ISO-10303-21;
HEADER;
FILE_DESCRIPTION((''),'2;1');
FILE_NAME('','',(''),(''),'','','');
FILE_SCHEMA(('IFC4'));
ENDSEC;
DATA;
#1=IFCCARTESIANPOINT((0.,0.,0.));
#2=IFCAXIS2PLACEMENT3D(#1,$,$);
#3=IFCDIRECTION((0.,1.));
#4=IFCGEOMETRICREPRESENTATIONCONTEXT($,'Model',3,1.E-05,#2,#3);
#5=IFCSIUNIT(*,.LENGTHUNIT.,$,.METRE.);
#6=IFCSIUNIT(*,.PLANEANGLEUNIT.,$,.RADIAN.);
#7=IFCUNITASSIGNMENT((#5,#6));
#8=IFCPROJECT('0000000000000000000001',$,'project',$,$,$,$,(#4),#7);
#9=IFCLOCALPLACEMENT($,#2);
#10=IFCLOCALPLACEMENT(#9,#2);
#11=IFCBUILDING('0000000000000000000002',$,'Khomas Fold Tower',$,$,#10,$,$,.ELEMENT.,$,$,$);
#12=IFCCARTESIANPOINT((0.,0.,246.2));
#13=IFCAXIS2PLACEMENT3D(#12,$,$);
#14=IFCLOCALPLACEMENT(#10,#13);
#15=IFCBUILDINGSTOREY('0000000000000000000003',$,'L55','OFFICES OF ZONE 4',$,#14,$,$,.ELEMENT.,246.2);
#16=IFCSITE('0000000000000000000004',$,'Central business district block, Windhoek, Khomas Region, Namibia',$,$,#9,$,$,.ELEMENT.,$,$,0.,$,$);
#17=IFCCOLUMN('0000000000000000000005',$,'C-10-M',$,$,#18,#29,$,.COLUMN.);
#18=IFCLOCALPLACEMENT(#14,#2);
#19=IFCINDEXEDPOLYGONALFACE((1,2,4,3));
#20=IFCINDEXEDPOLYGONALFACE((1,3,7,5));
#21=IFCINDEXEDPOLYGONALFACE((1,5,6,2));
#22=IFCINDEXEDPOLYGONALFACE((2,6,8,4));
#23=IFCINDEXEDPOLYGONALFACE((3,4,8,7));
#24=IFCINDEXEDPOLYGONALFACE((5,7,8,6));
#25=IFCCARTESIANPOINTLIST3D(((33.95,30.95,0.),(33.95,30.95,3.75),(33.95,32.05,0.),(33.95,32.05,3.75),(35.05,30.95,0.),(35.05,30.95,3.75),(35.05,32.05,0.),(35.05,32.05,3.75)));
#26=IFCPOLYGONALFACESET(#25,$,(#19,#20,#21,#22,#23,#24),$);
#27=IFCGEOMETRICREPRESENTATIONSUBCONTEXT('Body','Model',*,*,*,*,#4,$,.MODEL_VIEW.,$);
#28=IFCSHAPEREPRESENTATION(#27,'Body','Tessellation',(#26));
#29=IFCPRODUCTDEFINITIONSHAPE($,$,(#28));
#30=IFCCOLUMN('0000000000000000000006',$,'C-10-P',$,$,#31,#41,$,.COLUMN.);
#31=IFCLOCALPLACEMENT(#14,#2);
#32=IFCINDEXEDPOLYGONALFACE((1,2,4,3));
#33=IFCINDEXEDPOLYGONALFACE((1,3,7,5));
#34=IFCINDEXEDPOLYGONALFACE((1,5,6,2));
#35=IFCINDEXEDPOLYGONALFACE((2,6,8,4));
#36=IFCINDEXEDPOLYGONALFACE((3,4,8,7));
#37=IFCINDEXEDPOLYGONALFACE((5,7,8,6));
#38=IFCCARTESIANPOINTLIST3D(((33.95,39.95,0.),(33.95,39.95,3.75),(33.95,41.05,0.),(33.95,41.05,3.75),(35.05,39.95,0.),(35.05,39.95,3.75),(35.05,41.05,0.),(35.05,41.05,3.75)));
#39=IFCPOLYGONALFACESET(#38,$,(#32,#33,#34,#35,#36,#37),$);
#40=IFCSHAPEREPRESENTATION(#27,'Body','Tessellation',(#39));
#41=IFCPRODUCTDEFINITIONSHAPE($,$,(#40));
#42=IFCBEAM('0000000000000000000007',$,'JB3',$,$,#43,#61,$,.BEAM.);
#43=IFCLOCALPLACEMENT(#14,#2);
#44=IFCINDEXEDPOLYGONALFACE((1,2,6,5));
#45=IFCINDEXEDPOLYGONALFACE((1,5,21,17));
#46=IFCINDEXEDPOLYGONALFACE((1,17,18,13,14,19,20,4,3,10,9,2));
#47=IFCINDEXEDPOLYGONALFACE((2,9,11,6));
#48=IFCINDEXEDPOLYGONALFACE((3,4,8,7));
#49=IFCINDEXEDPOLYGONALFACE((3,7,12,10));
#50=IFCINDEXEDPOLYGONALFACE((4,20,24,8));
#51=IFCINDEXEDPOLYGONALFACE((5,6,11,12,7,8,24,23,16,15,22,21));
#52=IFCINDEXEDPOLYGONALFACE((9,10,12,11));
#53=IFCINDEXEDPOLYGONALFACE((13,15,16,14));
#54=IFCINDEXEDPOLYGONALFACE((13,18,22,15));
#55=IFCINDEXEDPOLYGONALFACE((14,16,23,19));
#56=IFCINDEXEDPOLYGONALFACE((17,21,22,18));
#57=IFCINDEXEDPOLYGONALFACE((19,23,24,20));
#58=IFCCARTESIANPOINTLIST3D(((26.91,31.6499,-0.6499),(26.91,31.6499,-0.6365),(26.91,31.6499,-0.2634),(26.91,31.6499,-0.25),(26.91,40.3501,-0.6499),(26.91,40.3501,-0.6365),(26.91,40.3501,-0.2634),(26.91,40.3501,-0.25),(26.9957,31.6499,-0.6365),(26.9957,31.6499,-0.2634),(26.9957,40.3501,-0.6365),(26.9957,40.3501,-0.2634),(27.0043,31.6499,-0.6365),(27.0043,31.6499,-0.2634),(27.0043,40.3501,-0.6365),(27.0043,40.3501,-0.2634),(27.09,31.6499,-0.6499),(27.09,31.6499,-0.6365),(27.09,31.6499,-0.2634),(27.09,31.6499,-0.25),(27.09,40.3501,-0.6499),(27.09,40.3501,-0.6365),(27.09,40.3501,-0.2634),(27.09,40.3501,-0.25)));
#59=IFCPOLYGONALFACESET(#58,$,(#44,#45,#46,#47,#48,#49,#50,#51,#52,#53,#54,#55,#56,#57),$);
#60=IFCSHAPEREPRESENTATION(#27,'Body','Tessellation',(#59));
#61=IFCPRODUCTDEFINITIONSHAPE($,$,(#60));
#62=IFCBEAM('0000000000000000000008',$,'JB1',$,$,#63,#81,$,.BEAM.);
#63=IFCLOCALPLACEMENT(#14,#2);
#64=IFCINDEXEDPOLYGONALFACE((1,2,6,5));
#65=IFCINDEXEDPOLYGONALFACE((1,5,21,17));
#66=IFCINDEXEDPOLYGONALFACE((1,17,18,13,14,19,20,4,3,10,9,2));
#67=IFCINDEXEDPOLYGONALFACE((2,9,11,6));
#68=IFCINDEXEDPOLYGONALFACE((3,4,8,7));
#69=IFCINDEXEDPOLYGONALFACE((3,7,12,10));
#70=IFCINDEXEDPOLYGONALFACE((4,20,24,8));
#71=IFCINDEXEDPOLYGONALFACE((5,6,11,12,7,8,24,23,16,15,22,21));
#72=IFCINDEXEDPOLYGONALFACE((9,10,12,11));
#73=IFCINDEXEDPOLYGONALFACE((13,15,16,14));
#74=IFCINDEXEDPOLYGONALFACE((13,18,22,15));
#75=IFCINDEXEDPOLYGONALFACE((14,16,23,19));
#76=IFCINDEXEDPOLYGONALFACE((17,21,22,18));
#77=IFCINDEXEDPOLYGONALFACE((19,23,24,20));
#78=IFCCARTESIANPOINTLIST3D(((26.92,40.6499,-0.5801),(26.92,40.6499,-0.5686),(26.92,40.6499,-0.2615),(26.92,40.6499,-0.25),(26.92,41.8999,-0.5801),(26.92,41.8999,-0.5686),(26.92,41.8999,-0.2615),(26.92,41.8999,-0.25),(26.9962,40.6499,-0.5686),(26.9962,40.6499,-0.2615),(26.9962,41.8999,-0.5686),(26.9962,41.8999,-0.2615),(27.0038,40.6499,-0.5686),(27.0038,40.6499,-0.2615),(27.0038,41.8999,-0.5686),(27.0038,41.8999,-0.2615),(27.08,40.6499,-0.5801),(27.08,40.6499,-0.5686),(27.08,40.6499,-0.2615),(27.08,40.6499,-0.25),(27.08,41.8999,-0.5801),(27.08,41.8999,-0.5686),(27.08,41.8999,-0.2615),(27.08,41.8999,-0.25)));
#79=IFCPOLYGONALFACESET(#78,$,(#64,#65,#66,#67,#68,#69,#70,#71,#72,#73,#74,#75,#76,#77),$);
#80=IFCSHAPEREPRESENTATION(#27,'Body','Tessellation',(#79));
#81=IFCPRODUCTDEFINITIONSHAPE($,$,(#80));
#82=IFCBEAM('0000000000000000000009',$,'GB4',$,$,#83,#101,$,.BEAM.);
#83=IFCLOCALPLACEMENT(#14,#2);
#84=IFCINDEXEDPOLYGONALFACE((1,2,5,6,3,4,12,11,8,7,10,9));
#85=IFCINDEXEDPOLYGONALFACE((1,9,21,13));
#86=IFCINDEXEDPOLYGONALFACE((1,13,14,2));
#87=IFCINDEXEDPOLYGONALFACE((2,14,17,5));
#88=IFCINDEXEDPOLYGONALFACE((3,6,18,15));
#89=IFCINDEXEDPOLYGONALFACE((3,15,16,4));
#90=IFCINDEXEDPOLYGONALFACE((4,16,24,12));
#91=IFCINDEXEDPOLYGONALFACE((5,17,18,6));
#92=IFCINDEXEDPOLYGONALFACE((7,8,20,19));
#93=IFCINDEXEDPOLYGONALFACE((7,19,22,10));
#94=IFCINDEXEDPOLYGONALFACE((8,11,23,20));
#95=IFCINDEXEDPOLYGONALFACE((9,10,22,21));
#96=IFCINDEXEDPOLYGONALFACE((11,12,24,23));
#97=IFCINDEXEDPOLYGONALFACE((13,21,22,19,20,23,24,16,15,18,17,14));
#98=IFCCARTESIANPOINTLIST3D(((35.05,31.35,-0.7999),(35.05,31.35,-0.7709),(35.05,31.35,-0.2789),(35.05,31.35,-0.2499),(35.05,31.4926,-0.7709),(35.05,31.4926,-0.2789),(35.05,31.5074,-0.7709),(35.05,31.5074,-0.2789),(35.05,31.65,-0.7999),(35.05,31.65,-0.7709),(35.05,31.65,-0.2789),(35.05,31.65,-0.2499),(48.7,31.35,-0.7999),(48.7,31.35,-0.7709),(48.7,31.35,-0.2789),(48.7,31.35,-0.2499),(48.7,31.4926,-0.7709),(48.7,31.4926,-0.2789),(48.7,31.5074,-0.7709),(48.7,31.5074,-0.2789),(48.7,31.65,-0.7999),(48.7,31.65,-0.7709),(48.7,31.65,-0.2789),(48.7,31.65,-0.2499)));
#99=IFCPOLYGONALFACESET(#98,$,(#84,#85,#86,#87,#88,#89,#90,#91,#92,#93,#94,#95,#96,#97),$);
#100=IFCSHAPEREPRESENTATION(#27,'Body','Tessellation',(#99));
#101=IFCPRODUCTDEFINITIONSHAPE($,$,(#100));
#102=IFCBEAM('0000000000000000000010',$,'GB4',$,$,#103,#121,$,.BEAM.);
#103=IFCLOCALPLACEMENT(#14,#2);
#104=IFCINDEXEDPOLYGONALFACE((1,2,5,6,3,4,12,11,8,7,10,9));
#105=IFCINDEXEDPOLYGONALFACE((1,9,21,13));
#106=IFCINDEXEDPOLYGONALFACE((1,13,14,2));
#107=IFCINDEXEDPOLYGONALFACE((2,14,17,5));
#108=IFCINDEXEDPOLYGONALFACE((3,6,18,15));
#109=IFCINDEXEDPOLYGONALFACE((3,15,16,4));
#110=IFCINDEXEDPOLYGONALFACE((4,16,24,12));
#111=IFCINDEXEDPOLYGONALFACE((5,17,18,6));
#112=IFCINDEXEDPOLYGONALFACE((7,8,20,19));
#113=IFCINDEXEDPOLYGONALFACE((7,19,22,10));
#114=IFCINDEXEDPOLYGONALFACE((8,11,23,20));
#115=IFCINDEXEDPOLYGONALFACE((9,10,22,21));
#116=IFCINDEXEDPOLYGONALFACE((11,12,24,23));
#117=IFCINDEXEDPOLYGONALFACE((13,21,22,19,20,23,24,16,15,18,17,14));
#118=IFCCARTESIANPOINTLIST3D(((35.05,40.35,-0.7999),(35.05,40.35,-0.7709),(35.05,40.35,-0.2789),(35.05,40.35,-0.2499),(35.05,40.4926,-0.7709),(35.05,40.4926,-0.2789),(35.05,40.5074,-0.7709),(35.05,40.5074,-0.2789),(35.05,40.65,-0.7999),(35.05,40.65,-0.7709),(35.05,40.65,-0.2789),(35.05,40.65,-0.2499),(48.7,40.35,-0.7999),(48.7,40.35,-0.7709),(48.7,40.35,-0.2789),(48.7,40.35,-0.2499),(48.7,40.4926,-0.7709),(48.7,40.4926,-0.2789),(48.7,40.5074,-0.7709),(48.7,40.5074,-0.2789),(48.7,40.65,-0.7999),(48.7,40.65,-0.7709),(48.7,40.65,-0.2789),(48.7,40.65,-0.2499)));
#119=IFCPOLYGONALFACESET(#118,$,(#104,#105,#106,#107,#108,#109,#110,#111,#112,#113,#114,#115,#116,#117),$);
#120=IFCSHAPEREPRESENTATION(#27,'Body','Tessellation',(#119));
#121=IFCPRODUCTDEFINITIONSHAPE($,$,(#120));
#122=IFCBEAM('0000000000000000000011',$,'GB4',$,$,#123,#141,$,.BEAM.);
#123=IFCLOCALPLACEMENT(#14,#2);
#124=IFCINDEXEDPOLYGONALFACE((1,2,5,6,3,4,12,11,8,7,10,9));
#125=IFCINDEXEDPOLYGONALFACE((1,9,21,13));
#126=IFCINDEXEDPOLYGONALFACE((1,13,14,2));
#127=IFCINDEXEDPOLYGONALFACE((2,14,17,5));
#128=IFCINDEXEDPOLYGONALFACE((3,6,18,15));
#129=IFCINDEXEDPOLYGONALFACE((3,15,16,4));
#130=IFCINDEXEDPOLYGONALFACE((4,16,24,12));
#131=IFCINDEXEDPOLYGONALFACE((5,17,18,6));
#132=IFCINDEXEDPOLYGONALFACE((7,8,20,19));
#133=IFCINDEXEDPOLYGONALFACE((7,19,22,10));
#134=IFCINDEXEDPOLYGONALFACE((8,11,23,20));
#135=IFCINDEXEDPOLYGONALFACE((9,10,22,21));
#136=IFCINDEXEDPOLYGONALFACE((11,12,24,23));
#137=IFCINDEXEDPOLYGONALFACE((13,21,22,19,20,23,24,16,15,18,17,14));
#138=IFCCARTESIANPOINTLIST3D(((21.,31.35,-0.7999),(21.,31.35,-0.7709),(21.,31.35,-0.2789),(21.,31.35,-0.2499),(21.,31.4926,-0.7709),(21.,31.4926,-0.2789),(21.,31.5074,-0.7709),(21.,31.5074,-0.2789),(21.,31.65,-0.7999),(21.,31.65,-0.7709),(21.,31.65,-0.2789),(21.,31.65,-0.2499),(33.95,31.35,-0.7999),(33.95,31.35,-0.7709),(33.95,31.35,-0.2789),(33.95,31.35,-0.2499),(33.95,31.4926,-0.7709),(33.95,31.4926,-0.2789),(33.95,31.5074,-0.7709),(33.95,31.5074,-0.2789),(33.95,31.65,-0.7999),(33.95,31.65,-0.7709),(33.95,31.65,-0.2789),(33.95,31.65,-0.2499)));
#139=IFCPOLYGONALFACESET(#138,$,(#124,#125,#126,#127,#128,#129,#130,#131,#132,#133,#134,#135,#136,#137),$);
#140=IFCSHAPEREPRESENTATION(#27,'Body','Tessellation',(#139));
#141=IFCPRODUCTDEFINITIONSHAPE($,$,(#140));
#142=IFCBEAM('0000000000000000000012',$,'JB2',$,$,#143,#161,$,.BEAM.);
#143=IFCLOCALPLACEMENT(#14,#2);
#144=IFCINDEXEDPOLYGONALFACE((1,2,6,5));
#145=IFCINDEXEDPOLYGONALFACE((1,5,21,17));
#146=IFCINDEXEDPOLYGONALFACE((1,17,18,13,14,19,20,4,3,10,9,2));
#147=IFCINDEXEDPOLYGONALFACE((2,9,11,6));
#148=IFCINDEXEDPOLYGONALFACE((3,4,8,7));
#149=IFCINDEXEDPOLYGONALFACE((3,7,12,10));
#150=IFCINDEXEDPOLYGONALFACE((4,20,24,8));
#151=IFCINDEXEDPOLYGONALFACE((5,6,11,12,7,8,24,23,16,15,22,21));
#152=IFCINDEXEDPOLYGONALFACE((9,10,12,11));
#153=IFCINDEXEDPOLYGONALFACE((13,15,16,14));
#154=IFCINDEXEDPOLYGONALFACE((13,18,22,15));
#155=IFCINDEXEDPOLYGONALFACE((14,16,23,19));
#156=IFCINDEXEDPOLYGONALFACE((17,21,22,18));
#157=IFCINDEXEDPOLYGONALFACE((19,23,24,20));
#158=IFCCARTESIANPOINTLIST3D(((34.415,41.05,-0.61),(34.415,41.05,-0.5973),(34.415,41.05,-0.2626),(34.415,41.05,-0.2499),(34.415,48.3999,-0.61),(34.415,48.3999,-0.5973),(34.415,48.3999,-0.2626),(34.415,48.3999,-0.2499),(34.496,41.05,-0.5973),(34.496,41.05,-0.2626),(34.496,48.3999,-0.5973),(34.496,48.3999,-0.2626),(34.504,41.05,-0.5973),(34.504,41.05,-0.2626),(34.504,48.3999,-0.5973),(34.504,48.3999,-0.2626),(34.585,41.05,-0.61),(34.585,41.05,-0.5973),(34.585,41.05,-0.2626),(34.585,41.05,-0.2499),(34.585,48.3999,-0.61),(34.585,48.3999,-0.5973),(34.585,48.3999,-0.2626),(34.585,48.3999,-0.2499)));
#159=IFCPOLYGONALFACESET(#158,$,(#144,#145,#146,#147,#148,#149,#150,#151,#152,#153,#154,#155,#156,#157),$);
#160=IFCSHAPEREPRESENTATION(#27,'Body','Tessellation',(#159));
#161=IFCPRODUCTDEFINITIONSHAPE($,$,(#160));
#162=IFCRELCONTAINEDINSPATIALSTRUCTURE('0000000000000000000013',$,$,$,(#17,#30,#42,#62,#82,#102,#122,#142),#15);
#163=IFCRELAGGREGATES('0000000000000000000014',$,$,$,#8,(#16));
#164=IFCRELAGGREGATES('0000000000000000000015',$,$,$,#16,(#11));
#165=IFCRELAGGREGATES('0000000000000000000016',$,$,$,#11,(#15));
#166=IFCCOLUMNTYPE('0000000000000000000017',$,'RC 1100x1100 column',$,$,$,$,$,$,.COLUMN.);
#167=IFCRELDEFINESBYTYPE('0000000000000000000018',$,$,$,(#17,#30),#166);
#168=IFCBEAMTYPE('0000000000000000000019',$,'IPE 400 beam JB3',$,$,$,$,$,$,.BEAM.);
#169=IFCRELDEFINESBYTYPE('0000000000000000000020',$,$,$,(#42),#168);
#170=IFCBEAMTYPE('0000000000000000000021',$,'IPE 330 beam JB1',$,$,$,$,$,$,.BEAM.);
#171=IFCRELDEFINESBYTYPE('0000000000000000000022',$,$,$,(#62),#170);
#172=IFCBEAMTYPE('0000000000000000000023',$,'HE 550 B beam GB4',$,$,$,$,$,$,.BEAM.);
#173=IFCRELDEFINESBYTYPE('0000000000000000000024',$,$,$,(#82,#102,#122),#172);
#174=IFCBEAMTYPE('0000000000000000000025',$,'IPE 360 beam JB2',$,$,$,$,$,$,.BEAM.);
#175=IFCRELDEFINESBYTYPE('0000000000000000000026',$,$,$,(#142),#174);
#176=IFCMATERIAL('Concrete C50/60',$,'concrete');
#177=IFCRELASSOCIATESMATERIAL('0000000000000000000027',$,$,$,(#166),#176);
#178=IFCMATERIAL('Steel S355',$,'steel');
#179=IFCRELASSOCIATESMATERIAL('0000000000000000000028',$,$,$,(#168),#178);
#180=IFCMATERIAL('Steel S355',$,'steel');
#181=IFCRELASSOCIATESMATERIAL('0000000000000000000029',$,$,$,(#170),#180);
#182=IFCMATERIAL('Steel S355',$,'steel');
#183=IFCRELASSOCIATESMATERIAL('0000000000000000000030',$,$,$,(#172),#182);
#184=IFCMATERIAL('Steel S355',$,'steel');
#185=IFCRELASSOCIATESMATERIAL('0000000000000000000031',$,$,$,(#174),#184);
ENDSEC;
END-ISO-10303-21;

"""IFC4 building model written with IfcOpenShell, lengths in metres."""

from ifc_helpers import new_model, si_unit, direction, frame, origin, origin_2d, place, context, subcontext, project, spatial, rectangle, i_section, extrude, source, transform, mapped, material, material_profile, profile_set, type_object, element, save


model = new_model("IFC4")

# Units and contexts
model_context = context("Model", 3, precision=1e-05, world=origin(), true_north=direction((0.0, 1.0)))
body_context = subcontext(model_context, "Body", "Model", "MODEL_VIEW")
ifc_project = project(units=[si_unit("LENGTHUNIT", "METRE"), si_unit("PLANEANGLEUNIT", "RADIAN")], contexts=[model_context])

# Site, building, storey
site_placement = place(None, origin())
site = spatial("IfcSite", under=ifc_project, at=site_placement, Name="Central business district block, Windhoek, Khomas Region, Namibia", CompositionType="ELEMENT", RefElevation=0.0)
building_placement = place(site_placement, origin())
building = spatial("IfcBuilding", under=site, at=building_placement, Name="Khomas Fold Tower", CompositionType="ELEMENT")
storey_placement = place(building_placement, frame((0.0, 0.0, 246.2)))
storey = spatial("IfcBuildingStorey", under=building, at=storey_placement, Name="L55", Description="OFFICES OF ZONE 4", CompositionType="ELEMENT", Elevation=246.2)

# Columns
ifc_material_1 = material(Name="Concrete C50/60", Category="concrete")
ifc_material_profile_1 = material_profile(ifc_material_1, rectangle(XDim=1.1001, YDim=1.1001, at=origin_2d()), Name="RC 1100x1100")
ifc_profile_set_1 = profile_set([ifc_material_profile_1], Name="Concrete C50/60")
column_type = type_object("IfcColumnType", Name="RC 1100x1100 column", PredefinedType="COLUMN", material=ifc_profile_set_1)
shared_shape_1 = source(origin(), body_context, "Body", "SweptSolid", [
    extrude(rectangle(XDim=1.1001, YDim=1.1001, at=origin_2d()), origin(), (0.0, 0.0, 1.0), 3.75),
])
for number, where, z_axis, x_axis, name in (
    (1, (34.5, 31.5, 0.0), (0.0, 0.0, 1.0), (1.0, 0.0, 0.0), "C-10-M"),
    (2, (34.5, 40.5, 0.0), (0.0, 0.0, 1.0), (1.0, 0.0, 0.0), "C-10-P"),
):
    element("IfcColumn", number, at=place(storey_placement, frame(where, z_axis=z_axis, x_axis=x_axis)), inside=storey, type_object=column_type, Name=name, PredefinedType="COLUMN", context=body_context, shape_type="MappedRepresentation", body=[
        mapped(shared_shape_1, transform((0.0, 0.0, 0.0))),
    ])

# Beams
ifc_material_2 = material(Name="Steel S355", Category="steel")
ifc_material_profile_2 = material_profile(ifc_material_2, i_section(OverallWidth=0.1799, OverallDepth=0.3999, WebThickness=0.0085, FlangeThickness=0.0134, at=origin_2d()), Name="IPE 400")
ifc_profile_set_2 = profile_set([ifc_material_profile_2], Name="Steel S355")
beam_type_1 = type_object("IfcBeamType", Name="IPE 400 beam JB3", PredefinedType="BEAM", material=ifc_profile_set_2)
shared_shape_2 = source(origin(), body_context, "Body", "SweptSolid", [
    extrude(i_section(OverallWidth=0.1799, OverallDepth=0.3999, WebThickness=0.0085, FlangeThickness=0.0134, at=origin_2d()), origin(), (0.0, 0.0, 1.0), 8.7002),
])
beam_1_placement = place(storey_placement, frame((27.0, 31.6499, -0.45), z_axis=(0.0, 1.0, 0.0), x_axis=(-1.0, 0.0, 0.0)))
element("IfcBeam", 3, at=beam_1_placement, inside=storey, type_object=beam_type_1, Name="JB3", PredefinedType="BEAM", context=body_context, shape_type="MappedRepresentation", body=[
    mapped(shared_shape_2, transform((0.0, 0.0, 0.0))),
])
ifc_material_3 = material(Name="Steel S355", Category="steel")
ifc_material_profile_3 = material_profile(ifc_material_3, i_section(OverallWidth=0.1599, OverallDepth=0.3301, WebThickness=0.0076, FlangeThickness=0.0115, at=origin_2d()), Name="IPE 330")
ifc_profile_set_3 = profile_set([ifc_material_profile_3], Name="Steel S355")
beam_type_2 = type_object("IfcBeamType", Name="IPE 330 beam JB1", PredefinedType="BEAM", material=ifc_profile_set_3)
shared_shape_3 = source(origin(), body_context, "Body", "SweptSolid", [
    extrude(i_section(OverallWidth=0.1599, OverallDepth=0.3301, WebThickness=0.0076, FlangeThickness=0.0115, at=origin_2d()), origin(), (0.0, 0.0, 1.0), 1.25),
])
beam_2_placement = place(storey_placement, frame((27.0, 40.6499, -0.415), z_axis=(0.0, 1.0, 0.0), x_axis=(-1.0, 0.0, 0.0)))
element("IfcBeam", 4, at=beam_2_placement, inside=storey, type_object=beam_type_2, Name="JB1", PredefinedType="BEAM", context=body_context, shape_type="MappedRepresentation", body=[
    mapped(shared_shape_3, transform((0.0, 0.0, 0.0))),
])
ifc_material_4 = material(Name="Steel S355", Category="steel")
ifc_material_profile_4 = material_profile(ifc_material_4, i_section(OverallWidth=0.3, OverallDepth=0.55, WebThickness=0.0149, FlangeThickness=0.0291, at=origin_2d()), Name="HE 550 B")
ifc_profile_set_4 = profile_set([ifc_material_profile_4], Name="Steel S355")
beam_type_3 = type_object("IfcBeamType", Name="HE 550 B beam GB4", PredefinedType="BEAM", material=ifc_profile_set_4)
shared_shape_4 = source(origin(), body_context, "Body", "SweptSolid", [
    extrude(i_section(OverallWidth=0.3, OverallDepth=0.55, WebThickness=0.0149, FlangeThickness=0.0291, at=origin_2d()), origin(), (0.0, 0.0, 1.0), 13.6499),
])
for number, where, z_axis, x_axis, name in (
    (5, (35.05, 31.5, -0.5249), (1.0, 0.0, 0.0), (0.0, 1.0, 0.0), "GB4"),
    (6, (35.05, 40.5, -0.5249), (1.0, 0.0, 0.0), (0.0, 1.0, 0.0), "GB4"),
):
    element("IfcBeam", number, at=place(storey_placement, frame(where, z_axis=z_axis, x_axis=x_axis)), inside=storey, type_object=beam_type_3, Name=name, PredefinedType="BEAM", context=body_context, shape_type="MappedRepresentation", body=[
        mapped(shared_shape_4, transform((0.0, 0.0, 0.0))),
    ])
shared_shape_5 = source(origin(), body_context, "Body", "SweptSolid", [
    extrude(i_section(OverallWidth=0.3, OverallDepth=0.55, WebThickness=0.0149, FlangeThickness=0.0291, at=origin_2d()), origin(), (0.0, 0.0, 1.0), 12.95),
])
beam_3_placement = place(storey_placement, frame((21.0, 31.5, -0.5249), z_axis=(1.0, 0.0, 0.0), x_axis=(0.0, 1.0, 0.0)))
element("IfcBeam", 7, at=beam_3_placement, inside=storey, type_object=beam_type_3, Name="GB4", PredefinedType="BEAM", context=body_context, shape_type="MappedRepresentation", body=[
    mapped(shared_shape_5, transform((0.0, 0.0, 0.0))),
])
ifc_material_5 = material(Name="Steel S355", Category="steel")
ifc_material_profile_5 = material_profile(ifc_material_5, i_section(OverallWidth=0.1699, OverallDepth=0.3601, WebThickness=0.0081, FlangeThickness=0.0127, at=origin_2d()), Name="IPE 360")
ifc_profile_set_5 = profile_set([ifc_material_profile_5], Name="Steel S355")
beam_type_4 = type_object("IfcBeamType", Name="IPE 360 beam JB2", PredefinedType="BEAM", material=ifc_profile_set_5)
shared_shape_6 = source(origin(), body_context, "Body", "SweptSolid", [
    extrude(i_section(OverallWidth=0.1699, OverallDepth=0.3601, WebThickness=0.0081, FlangeThickness=0.0127, at=origin_2d()), origin(), (0.0, 0.0, 1.0), 7.3499),
])
beam_4_placement = place(storey_placement, frame((34.5, 41.05, -0.4299), z_axis=(0.0, 1.0, 0.0), x_axis=(-1.0, 0.0, 0.0)))
element("IfcBeam", 8, at=beam_4_placement, inside=storey, type_object=beam_type_4, Name="JB2", PredefinedType="BEAM", context=body_context, shape_type="MappedRepresentation", body=[
    mapped(shared_shape_6, transform((0.0, 0.0, 0.0))),
])

save(model, "model.ifc")
